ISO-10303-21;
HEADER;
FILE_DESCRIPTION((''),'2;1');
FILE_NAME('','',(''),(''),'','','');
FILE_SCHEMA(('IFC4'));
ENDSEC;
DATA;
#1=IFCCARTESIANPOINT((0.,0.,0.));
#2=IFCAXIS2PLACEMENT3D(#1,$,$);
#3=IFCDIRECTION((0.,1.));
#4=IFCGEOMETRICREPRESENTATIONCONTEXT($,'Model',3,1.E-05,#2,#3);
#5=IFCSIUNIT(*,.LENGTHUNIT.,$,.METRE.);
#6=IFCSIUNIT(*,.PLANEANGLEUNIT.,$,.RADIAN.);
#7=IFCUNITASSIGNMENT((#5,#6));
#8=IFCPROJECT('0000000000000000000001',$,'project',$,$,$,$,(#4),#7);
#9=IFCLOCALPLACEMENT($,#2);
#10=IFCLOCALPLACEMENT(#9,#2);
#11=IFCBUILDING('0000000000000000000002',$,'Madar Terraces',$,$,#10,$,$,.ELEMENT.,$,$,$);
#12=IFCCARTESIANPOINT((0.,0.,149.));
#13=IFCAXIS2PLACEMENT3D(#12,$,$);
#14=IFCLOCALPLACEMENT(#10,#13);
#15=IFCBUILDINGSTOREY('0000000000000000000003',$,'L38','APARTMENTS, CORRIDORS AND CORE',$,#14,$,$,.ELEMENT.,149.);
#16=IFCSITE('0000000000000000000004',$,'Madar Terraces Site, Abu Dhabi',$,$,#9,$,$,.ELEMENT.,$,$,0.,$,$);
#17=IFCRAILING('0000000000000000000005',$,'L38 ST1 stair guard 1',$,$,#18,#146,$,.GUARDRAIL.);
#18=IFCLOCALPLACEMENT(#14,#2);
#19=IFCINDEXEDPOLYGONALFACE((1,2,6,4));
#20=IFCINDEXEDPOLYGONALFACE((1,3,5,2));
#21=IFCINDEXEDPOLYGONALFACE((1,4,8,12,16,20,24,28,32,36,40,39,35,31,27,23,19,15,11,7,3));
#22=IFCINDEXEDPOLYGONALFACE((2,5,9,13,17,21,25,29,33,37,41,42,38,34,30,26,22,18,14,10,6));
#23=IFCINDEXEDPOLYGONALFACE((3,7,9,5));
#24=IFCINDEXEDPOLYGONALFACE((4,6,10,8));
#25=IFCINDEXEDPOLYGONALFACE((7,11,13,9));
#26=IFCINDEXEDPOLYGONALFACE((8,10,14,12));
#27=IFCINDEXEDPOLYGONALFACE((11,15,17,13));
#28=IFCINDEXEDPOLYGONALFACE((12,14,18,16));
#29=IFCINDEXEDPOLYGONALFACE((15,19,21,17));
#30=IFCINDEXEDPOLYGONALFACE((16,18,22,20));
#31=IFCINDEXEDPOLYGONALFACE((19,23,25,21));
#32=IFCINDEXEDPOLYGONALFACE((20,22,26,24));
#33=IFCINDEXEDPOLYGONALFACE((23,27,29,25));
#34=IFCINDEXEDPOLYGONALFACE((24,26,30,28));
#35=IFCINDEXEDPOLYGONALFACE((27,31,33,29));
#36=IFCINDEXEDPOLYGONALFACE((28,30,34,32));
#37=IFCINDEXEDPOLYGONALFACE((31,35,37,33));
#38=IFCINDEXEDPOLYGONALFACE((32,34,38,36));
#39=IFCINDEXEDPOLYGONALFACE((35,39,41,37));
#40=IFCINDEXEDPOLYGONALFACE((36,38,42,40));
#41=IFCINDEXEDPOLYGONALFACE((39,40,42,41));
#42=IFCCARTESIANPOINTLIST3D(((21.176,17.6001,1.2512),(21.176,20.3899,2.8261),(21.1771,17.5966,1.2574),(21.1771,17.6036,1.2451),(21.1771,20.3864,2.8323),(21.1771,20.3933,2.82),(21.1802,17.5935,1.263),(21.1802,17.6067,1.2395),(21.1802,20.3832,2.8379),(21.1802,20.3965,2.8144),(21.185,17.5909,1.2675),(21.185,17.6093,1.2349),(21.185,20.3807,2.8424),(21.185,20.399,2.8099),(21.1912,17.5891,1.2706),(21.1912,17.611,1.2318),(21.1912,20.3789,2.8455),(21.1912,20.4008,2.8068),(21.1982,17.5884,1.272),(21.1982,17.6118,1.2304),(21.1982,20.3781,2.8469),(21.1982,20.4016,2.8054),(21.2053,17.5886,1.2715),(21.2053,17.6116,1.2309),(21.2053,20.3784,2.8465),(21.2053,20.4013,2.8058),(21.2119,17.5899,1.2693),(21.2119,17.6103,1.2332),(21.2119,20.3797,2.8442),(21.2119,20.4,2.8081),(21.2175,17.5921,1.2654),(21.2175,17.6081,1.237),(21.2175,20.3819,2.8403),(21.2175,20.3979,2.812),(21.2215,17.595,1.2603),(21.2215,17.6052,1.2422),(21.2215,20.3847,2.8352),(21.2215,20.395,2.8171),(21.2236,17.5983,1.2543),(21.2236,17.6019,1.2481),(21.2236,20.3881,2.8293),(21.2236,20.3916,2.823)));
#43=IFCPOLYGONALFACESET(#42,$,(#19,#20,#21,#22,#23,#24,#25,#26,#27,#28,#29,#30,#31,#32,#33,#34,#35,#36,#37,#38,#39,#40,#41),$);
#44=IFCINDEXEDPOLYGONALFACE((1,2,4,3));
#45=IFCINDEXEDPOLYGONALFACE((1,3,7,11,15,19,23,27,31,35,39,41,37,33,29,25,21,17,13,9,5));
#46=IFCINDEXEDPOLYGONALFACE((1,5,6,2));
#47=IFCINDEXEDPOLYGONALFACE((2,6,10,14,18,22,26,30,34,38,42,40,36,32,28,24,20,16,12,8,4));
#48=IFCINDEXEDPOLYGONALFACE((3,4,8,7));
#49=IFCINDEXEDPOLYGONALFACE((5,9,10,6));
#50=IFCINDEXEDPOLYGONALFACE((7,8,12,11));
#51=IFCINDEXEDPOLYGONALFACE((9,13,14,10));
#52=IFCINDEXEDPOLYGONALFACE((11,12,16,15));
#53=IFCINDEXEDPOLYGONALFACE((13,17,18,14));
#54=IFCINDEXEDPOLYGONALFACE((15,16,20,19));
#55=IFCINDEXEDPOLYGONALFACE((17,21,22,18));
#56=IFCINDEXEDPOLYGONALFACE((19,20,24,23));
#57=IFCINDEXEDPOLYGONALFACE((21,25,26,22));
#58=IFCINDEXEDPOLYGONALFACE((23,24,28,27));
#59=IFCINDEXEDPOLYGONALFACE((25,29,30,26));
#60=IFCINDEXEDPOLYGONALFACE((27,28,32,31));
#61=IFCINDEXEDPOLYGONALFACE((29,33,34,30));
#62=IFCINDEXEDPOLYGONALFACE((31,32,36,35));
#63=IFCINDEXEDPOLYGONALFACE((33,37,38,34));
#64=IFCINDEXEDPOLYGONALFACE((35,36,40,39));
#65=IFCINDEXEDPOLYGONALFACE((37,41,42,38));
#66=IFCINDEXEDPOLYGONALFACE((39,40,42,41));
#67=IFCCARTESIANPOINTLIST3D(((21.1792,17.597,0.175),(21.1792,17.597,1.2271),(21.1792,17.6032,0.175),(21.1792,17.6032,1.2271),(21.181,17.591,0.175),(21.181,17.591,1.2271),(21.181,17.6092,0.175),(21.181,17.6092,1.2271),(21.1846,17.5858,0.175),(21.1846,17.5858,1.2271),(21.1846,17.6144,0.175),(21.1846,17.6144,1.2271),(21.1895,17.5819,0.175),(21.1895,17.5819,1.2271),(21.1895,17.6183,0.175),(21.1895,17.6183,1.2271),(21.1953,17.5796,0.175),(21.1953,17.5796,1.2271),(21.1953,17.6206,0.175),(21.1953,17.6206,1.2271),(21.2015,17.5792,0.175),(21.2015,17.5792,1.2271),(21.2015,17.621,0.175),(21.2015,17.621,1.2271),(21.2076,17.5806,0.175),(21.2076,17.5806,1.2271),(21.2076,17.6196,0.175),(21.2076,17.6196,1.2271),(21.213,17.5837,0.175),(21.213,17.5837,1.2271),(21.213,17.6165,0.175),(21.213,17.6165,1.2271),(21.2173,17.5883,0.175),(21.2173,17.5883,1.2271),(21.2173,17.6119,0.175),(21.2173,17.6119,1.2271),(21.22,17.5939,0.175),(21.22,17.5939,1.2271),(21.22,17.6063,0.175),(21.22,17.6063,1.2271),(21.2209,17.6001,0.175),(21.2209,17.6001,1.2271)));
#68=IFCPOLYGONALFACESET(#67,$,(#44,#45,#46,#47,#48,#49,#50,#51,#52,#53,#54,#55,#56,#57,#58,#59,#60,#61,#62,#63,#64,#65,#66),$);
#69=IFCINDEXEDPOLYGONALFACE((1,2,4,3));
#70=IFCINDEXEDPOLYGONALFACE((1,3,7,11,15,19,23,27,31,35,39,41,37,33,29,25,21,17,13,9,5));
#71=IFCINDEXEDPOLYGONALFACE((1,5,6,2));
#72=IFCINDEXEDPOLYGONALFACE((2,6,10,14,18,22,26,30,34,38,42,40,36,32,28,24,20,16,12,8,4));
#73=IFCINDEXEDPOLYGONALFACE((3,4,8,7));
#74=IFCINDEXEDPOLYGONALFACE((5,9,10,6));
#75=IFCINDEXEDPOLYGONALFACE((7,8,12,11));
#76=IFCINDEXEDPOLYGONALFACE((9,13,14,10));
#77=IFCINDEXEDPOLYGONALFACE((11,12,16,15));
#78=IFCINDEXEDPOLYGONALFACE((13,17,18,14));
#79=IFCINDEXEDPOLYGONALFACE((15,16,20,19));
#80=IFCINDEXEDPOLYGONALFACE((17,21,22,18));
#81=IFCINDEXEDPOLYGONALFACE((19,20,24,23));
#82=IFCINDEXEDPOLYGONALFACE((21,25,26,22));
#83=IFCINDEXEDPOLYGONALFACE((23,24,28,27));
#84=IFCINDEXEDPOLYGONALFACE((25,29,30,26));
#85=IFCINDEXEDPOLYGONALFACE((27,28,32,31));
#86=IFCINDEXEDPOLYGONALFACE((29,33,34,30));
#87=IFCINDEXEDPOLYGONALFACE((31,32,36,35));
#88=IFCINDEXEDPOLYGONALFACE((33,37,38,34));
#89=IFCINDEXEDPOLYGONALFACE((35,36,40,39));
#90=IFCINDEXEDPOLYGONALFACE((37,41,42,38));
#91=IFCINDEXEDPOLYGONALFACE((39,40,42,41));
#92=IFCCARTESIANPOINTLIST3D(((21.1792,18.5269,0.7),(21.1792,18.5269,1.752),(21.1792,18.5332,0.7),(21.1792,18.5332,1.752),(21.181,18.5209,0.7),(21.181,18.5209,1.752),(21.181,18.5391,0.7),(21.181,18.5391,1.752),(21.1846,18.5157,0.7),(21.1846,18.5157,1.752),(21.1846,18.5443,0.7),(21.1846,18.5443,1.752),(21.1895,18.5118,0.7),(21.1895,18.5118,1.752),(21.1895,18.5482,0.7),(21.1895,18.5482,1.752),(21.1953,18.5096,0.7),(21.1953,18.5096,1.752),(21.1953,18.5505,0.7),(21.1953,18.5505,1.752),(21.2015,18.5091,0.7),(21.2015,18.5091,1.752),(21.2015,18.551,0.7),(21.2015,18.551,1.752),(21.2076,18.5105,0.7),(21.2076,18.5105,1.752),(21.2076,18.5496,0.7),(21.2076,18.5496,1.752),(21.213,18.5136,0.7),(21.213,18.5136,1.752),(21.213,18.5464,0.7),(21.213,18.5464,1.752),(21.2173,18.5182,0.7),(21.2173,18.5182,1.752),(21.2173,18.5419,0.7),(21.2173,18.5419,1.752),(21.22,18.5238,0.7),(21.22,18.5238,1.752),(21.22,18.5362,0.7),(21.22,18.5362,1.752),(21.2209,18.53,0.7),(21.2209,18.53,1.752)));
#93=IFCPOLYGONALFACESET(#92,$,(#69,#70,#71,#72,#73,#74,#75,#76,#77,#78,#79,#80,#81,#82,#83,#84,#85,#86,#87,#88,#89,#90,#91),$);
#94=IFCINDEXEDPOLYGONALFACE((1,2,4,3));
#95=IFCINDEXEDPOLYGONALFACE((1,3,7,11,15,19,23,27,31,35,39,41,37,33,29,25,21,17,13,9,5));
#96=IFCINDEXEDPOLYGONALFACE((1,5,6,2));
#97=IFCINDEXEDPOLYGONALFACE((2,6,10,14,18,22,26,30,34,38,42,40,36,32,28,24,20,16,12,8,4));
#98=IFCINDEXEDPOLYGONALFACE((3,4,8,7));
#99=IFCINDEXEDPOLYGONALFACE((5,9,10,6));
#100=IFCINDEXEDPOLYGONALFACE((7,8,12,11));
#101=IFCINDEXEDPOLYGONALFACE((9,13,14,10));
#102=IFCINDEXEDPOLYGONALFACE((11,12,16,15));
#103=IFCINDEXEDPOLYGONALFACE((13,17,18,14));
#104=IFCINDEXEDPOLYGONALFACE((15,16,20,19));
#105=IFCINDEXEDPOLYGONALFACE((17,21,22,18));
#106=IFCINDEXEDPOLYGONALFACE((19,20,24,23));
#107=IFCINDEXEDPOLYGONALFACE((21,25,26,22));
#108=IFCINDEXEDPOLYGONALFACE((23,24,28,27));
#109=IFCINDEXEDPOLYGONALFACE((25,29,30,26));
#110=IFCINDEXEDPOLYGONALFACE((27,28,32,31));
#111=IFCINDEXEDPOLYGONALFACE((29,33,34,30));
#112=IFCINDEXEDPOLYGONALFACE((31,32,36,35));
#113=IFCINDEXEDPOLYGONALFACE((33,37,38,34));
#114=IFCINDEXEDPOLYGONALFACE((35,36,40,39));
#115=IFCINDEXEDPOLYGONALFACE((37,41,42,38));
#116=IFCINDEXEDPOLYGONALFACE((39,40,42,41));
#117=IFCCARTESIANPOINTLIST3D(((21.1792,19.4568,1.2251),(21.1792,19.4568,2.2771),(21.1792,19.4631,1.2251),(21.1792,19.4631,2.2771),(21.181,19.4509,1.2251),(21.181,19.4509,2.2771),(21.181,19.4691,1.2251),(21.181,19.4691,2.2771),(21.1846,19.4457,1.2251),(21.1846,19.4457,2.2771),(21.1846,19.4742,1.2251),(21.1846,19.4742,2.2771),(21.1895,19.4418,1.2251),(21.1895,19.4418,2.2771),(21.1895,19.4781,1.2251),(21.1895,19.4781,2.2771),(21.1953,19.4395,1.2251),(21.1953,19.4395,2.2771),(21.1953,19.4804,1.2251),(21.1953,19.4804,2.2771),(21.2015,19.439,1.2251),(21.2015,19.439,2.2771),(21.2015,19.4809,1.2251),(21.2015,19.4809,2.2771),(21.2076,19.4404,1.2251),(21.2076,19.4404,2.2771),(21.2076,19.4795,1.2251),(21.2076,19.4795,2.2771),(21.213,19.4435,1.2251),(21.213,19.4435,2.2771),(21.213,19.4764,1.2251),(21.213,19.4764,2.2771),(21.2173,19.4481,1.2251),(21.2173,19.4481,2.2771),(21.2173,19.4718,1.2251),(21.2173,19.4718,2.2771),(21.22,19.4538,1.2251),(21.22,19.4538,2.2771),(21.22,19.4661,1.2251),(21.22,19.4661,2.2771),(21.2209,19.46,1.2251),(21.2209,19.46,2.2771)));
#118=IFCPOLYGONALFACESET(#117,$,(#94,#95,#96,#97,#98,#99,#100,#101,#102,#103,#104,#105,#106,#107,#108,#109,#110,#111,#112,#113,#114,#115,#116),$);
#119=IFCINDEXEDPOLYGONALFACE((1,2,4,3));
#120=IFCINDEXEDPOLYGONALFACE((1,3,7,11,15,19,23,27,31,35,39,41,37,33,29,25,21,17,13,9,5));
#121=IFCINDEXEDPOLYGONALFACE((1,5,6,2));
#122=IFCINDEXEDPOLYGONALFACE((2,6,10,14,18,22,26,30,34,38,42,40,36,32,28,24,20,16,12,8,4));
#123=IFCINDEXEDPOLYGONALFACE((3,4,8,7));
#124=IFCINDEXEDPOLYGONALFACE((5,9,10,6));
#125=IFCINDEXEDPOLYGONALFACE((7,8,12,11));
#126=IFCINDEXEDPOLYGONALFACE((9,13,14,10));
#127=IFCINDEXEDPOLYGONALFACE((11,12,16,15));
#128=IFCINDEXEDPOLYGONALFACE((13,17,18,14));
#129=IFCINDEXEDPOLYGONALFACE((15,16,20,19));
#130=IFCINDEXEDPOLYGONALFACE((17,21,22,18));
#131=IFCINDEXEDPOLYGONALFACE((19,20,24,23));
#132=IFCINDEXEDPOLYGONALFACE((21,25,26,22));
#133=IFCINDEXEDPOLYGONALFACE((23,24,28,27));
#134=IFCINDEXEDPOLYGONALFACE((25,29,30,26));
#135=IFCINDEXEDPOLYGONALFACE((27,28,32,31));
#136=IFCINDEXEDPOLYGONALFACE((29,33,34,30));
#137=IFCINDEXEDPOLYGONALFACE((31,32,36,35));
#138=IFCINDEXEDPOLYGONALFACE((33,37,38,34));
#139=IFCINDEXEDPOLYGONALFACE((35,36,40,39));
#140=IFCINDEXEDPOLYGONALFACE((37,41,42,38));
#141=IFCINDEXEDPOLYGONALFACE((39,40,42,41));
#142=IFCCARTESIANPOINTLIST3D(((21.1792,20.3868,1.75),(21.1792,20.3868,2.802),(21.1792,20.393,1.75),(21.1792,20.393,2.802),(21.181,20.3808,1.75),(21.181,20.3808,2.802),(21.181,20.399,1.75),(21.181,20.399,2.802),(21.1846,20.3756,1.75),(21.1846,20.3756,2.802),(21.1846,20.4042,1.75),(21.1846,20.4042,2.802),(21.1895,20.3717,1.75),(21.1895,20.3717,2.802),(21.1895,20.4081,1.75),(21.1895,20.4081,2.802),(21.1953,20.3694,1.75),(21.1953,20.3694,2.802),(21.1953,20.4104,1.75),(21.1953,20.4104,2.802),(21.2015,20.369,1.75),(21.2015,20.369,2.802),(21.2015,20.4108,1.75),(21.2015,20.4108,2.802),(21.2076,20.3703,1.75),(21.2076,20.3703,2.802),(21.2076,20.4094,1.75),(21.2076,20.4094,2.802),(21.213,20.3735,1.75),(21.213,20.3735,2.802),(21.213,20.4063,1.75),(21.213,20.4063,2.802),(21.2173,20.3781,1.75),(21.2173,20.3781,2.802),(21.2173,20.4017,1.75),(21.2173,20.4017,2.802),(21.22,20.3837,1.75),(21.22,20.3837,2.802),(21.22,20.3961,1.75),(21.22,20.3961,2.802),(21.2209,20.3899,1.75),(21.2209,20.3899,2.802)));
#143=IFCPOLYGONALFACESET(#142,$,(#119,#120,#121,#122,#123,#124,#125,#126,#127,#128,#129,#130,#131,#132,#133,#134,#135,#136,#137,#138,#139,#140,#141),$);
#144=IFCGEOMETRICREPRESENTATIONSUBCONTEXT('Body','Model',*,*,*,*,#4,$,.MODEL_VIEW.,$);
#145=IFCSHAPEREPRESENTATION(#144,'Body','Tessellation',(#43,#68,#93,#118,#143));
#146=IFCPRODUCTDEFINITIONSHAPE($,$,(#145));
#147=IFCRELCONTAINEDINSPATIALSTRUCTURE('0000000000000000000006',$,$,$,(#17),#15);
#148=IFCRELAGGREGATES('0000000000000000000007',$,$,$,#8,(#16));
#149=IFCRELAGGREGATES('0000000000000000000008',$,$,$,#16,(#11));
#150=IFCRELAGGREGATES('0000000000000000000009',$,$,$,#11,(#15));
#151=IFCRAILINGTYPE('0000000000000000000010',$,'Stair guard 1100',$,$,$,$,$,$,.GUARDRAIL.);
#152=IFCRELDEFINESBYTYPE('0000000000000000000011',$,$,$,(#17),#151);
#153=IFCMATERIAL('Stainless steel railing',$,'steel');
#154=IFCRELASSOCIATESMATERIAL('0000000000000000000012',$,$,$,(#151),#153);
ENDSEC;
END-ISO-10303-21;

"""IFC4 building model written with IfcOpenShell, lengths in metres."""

from ifc_helpers import new_model, si_unit, direction, frame, origin, origin_2d, place, context, subcontext, project, spatial, circle, extrude, material, type_object, element, save


model = new_model("IFC4")

# Units and contexts
model_context = context("Model", 3, precision=1e-05, world=origin(), true_north=direction((0.0, 1.0)))
body_context = subcontext(model_context, "Body", "Model", "MODEL_VIEW")
ifc_project = project(units=[si_unit("LENGTHUNIT", "METRE"), si_unit("PLANEANGLEUNIT", "RADIAN")], contexts=[model_context])

# Site, building, storey
site_placement = place(None, origin())
site = spatial("IfcSite", under=ifc_project, at=site_placement, Name="Madar Terraces Site, Abu Dhabi", CompositionType="ELEMENT", RefElevation=0.0)
building_placement = place(site_placement, origin())
building = spatial("IfcBuilding", under=site, at=building_placement, Name="Madar Terraces", CompositionType="ELEMENT")
storey_placement = place(building_placement, frame((0.0, 0.0, 149.0)))
storey = spatial("IfcBuildingStorey", under=building, at=storey_placement, Name="L38", Description="APARTMENTS, CORRIDORS AND CORE", CompositionType="ELEMENT", Elevation=149.0)

# Railing
ifc_material_1 = material(Name="Stainless steel railing", Category="steel")
railing_type_1 = type_object("IfcRailingType", Name="Stair guard 1100", PredefinedType="GUARDRAIL", material=ifc_material_1)
railing_1_placement = place(storey_placement, frame((21.2, 17.6001, 0.175)))
element("IfcRailing", 1, at=railing_1_placement, inside=storey, type_object=railing_type_1, Name="L38 ST1 stair guard 1", PredefinedType="GUARDRAIL", context=body_context, shape_type="SweptSolid", body=[
    extrude(circle(Radius=0.0239, at=origin_2d()), frame((0.0, 0.0, 1.0762), z_axis=(0.0, 0.870815, 0.49161), x_axis=(-1.0, 0.0, 0.0)), (0.0, 0.0, 1.0), 3.2036),
    extrude(circle(Radius=0.021, at=origin_2d()), origin(), (0.0, 0.0, 1.0), 1.052),
    extrude(circle(Radius=0.021, at=origin_2d()), frame((0.0, 0.9299, 0.5249)), (0.0, 0.0, 1.0), 1.052),
    extrude(circle(Radius=0.021, at=origin_2d()), frame((0.0, 1.8599, 1.05)), (0.0, 0.0, 1.0), 1.052),
    extrude(circle(Radius=0.021, at=origin_2d()), frame((0.0, 2.7898, 1.575)), (0.0, 0.0, 1.0), 1.052),
])

save(model, "model.ifc")
